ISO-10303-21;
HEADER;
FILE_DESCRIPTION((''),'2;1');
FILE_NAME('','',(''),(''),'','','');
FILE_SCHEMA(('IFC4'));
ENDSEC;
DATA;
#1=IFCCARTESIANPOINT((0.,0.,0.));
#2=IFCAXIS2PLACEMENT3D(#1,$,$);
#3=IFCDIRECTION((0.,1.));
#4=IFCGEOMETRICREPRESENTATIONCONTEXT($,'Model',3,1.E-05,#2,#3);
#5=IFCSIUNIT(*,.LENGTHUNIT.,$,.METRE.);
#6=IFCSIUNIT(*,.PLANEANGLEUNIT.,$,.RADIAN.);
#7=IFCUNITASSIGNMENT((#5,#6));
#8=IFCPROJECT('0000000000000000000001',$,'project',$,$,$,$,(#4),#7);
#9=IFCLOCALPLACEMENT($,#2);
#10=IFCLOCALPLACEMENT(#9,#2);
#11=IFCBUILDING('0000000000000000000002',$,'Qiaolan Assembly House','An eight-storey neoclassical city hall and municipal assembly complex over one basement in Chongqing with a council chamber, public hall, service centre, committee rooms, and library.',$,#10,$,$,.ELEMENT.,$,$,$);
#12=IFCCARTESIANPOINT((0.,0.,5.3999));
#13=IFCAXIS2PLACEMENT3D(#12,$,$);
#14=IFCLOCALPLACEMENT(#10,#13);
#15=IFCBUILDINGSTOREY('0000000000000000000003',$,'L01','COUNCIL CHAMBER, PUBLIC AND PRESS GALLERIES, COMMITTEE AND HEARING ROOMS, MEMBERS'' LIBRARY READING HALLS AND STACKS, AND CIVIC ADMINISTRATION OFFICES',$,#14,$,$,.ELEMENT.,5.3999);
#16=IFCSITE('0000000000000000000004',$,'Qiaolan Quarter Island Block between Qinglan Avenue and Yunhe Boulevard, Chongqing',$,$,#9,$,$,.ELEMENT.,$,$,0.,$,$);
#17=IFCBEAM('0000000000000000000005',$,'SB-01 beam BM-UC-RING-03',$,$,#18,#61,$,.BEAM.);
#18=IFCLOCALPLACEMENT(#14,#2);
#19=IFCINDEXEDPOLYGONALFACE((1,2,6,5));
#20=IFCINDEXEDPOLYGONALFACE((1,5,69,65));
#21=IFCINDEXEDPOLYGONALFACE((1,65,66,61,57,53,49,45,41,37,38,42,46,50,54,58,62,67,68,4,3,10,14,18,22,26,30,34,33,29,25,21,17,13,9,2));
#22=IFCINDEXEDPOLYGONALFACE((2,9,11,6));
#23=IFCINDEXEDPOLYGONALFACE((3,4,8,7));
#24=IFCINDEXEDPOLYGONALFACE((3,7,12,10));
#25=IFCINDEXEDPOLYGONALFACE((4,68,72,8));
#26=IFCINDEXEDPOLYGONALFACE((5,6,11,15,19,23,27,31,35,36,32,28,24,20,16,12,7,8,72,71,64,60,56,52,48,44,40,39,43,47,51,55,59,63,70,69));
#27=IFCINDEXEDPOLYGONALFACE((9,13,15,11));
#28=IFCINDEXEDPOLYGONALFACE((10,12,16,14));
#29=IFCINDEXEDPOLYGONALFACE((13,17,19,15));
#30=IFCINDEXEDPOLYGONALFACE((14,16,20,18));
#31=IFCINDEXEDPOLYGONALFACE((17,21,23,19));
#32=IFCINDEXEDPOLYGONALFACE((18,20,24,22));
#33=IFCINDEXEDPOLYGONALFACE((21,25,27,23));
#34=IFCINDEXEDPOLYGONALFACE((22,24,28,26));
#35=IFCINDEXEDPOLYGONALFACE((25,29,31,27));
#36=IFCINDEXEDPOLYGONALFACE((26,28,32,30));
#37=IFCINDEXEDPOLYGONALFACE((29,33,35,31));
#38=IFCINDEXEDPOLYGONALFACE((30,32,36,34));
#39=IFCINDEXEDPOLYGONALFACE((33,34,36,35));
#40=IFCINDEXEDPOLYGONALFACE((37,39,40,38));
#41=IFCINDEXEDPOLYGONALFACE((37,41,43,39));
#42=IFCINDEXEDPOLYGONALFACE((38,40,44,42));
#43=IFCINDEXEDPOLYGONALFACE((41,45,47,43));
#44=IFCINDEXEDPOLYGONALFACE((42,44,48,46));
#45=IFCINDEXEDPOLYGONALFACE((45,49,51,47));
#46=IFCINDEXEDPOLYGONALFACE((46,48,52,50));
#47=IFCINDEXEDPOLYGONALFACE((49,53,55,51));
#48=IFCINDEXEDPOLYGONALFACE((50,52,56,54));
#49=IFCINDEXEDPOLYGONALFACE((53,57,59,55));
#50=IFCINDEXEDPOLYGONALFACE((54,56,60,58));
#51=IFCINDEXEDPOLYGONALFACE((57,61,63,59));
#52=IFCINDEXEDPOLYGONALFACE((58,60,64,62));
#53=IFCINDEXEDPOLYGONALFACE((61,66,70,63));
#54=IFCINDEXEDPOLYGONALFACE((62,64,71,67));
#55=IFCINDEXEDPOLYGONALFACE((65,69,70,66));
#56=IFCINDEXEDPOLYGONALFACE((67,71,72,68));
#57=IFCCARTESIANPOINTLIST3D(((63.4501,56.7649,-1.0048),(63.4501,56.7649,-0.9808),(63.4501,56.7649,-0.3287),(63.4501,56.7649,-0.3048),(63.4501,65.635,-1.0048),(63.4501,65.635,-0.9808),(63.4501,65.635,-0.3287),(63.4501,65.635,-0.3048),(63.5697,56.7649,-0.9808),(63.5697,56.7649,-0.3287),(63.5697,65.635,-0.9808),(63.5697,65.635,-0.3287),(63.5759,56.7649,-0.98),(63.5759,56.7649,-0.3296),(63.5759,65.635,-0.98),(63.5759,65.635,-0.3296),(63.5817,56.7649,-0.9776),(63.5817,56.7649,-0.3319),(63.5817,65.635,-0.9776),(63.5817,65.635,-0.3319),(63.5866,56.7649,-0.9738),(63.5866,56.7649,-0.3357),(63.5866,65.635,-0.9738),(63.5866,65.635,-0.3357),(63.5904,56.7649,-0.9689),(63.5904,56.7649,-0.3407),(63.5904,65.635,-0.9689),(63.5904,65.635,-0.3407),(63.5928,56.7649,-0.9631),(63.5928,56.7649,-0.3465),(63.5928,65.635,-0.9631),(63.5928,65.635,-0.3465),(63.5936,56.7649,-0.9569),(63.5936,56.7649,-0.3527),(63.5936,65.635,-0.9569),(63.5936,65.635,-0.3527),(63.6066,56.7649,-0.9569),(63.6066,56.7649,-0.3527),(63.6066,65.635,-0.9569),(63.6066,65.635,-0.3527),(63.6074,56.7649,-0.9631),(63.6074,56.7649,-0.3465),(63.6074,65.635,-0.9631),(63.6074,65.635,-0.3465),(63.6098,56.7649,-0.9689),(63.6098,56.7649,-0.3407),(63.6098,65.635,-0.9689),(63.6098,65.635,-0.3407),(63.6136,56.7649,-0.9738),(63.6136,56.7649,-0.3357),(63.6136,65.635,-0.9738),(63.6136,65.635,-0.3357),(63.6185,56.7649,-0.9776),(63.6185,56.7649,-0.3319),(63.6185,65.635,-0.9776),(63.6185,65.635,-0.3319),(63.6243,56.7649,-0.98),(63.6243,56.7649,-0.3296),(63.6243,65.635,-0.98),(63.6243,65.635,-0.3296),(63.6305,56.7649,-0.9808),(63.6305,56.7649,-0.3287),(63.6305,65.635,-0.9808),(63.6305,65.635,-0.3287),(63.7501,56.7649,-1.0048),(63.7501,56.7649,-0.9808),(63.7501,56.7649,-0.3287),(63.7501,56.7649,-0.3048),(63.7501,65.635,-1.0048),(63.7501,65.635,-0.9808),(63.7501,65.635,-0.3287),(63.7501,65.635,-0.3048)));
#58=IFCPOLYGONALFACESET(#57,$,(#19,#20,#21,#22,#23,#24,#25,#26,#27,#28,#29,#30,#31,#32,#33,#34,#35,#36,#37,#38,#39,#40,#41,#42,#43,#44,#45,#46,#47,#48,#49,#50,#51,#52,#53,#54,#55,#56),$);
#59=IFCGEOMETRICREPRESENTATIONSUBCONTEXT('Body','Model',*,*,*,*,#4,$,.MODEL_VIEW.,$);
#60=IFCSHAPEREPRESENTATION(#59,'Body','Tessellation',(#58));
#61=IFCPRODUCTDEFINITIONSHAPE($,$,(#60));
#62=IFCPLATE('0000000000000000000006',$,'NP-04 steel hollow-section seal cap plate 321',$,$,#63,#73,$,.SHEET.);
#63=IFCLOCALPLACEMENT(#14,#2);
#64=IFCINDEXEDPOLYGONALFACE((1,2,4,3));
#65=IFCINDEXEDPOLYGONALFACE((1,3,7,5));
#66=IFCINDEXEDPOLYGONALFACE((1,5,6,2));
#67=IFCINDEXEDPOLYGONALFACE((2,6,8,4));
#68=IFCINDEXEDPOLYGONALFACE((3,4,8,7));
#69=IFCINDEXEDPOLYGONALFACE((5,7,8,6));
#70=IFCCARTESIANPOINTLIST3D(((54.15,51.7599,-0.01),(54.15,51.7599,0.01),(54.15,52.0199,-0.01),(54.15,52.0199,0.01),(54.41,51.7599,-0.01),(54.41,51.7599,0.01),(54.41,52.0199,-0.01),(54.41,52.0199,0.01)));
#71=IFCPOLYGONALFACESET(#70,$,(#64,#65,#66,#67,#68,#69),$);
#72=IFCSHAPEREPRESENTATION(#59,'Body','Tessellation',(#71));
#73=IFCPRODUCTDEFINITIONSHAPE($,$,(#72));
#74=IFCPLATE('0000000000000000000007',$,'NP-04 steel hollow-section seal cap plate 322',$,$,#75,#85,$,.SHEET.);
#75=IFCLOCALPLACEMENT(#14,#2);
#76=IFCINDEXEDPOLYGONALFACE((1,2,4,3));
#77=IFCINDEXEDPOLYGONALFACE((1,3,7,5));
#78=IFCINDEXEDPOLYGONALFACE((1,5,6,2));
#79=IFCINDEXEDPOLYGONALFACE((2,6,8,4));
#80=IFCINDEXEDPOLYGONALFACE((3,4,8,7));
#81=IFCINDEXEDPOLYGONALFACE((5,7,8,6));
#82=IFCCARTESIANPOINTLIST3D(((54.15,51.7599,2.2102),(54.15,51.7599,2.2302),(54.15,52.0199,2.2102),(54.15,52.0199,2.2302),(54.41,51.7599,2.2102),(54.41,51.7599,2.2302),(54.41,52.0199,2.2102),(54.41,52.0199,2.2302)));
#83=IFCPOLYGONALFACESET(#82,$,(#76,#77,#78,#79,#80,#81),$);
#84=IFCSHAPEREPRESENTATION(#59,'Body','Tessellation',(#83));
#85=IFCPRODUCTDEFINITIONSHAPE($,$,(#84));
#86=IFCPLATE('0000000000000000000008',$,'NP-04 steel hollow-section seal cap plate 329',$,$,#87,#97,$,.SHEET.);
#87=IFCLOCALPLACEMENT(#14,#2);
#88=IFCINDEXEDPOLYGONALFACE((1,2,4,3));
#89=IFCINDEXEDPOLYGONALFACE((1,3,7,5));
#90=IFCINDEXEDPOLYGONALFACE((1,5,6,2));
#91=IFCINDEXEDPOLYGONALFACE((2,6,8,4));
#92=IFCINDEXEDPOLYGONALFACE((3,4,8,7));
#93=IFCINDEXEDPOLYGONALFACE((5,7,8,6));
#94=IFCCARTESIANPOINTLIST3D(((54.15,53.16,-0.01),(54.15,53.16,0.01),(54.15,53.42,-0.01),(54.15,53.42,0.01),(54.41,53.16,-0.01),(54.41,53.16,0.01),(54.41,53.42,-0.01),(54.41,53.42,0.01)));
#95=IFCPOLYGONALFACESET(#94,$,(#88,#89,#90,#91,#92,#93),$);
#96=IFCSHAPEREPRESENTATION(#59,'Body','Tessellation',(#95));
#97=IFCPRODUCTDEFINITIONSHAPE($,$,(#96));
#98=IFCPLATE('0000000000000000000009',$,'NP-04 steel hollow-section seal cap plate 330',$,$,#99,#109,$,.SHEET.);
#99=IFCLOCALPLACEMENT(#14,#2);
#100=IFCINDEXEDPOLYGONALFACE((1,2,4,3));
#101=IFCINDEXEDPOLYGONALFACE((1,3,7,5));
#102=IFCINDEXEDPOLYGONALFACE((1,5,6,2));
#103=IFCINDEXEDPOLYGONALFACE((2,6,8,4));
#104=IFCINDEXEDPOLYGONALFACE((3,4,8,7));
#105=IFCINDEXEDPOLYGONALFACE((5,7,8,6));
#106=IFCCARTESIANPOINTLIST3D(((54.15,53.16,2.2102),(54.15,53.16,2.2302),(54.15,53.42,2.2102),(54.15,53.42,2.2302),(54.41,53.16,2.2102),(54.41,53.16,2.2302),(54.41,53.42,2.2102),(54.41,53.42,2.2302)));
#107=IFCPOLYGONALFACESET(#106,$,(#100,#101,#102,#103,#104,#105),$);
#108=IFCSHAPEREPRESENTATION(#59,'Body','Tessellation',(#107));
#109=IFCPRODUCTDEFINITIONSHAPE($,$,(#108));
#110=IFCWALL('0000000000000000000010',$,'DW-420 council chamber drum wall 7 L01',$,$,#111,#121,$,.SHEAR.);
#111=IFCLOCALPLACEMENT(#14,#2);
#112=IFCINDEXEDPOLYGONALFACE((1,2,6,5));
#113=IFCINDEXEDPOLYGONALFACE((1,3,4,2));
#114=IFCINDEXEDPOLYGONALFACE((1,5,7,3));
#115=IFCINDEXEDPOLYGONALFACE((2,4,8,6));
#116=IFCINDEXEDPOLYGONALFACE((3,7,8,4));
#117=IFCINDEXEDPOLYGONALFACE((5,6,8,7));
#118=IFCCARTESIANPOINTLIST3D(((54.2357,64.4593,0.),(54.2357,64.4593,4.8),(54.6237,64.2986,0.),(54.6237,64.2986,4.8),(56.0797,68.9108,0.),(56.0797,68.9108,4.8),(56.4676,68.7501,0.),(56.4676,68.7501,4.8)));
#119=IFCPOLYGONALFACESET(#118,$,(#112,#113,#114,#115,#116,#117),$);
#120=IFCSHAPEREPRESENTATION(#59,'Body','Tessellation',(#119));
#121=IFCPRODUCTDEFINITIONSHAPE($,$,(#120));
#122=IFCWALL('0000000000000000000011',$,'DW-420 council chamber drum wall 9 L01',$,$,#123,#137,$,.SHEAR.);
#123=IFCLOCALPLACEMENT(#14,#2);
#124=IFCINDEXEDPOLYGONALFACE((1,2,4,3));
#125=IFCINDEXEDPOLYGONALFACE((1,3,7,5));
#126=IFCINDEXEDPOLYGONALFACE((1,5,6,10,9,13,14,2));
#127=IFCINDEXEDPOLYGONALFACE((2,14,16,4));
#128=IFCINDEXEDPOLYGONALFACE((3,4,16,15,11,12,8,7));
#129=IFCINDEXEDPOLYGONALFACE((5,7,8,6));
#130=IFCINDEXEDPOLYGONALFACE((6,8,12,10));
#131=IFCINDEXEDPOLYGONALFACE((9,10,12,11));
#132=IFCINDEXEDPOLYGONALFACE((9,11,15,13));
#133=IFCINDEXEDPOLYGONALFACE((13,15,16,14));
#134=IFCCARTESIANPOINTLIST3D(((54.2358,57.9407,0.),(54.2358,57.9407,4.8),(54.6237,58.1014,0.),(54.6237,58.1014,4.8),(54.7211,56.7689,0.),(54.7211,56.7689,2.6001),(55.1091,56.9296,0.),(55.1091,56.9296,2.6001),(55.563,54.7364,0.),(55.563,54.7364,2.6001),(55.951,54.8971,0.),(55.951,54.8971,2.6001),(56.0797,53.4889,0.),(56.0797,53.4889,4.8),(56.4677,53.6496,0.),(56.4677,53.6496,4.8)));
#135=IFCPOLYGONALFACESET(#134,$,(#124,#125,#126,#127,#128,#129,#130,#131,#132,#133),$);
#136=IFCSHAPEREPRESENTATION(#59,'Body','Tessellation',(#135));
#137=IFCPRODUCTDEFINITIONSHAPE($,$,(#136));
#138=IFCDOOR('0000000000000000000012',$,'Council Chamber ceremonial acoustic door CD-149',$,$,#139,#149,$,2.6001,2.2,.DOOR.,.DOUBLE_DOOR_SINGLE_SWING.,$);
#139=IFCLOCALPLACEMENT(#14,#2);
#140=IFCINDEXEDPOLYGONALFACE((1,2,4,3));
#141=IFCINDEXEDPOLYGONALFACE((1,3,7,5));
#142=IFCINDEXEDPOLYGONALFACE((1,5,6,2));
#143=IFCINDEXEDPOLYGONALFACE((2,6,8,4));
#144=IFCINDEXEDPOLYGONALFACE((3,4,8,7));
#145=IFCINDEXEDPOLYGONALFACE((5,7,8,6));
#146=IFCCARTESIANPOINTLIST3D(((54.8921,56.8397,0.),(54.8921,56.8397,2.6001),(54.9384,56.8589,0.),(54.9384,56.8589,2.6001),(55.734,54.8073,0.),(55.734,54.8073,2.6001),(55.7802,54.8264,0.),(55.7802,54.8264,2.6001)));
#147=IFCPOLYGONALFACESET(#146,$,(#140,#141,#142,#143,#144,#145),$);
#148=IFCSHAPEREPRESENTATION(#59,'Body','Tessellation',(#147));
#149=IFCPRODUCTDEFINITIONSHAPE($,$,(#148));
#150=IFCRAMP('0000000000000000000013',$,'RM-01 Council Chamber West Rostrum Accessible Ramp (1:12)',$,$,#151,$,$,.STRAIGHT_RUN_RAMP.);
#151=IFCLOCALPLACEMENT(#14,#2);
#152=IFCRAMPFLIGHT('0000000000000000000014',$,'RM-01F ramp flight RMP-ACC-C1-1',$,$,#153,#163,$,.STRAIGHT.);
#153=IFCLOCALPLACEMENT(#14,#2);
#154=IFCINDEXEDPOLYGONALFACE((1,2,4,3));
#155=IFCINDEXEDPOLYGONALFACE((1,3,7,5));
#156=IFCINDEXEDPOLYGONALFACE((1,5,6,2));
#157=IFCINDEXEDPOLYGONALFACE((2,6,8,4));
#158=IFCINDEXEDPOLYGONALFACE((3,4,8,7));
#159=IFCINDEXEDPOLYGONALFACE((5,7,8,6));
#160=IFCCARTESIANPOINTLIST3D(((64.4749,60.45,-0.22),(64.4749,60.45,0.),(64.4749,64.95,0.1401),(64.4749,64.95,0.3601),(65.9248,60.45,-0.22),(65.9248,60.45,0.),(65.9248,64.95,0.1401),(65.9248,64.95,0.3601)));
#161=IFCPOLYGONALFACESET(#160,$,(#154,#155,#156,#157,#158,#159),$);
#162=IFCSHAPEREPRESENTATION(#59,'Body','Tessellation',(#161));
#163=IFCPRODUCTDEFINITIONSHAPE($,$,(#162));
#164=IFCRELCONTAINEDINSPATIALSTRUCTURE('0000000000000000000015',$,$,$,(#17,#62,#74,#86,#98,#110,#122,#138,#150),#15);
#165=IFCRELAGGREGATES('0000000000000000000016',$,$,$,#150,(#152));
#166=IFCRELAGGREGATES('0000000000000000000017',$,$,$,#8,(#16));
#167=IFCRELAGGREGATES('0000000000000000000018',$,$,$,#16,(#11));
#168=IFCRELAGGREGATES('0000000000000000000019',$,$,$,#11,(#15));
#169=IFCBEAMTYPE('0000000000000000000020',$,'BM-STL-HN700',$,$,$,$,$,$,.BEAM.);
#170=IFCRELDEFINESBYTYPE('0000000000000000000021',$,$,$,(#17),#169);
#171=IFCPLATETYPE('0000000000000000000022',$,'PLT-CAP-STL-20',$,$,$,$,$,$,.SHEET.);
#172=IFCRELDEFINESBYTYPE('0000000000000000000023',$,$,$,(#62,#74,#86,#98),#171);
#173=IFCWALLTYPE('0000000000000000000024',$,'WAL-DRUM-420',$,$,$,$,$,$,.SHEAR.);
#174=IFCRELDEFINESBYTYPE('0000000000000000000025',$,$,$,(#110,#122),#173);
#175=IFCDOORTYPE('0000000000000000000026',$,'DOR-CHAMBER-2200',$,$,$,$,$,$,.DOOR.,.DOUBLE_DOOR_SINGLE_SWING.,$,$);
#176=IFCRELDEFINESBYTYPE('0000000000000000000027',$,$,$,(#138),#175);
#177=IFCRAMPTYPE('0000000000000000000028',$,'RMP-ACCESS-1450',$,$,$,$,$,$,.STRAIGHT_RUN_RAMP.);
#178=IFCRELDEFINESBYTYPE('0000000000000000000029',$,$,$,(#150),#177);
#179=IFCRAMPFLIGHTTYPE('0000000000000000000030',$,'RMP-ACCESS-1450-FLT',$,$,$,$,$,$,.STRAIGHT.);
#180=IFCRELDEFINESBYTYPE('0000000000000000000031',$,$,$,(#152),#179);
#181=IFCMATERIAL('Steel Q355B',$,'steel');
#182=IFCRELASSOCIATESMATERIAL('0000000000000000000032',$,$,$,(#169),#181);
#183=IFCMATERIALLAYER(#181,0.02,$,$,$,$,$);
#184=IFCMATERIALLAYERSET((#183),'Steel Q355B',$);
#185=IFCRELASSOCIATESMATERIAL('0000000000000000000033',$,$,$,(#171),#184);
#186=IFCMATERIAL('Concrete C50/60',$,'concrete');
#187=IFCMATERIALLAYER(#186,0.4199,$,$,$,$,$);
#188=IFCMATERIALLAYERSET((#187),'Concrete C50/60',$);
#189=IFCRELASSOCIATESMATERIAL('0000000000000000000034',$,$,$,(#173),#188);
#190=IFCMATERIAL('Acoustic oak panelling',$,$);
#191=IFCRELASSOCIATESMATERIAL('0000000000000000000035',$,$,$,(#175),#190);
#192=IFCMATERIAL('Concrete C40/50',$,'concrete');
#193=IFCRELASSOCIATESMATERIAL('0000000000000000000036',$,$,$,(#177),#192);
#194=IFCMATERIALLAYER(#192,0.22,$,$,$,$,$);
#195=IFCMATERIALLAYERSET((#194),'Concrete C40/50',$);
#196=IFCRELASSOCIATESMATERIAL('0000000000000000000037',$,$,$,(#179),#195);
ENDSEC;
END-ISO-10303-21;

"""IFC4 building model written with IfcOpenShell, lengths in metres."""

from ifc_helpers import new_model, si_unit, direction, frame, frame_2d, origin, origin_2d, place, context, subcontext, project, spatial, polyline, rectangle, i_section, outline, extrude, material, layer, layer_set, material_profile, profile_set, type_object, element, fill, aggregate, save


model = new_model("IFC4")

# Units and contexts
model_context = context("Model", 3, precision=1e-05, world=origin(), true_north=direction((0.0, 1.0)))
body_context = subcontext(model_context, "Body", "Model", "MODEL_VIEW")
ifc_project = project(units=[si_unit("LENGTHUNIT", "METRE"), si_unit("PLANEANGLEUNIT", "RADIAN")], contexts=[model_context])

# Site, building, storey
site_placement = place(None, origin())
site = spatial("IfcSite", under=ifc_project, at=site_placement, Name="Qiaolan Quarter Island Block between Qinglan Avenue and Yunhe Boulevard, Chongqing", CompositionType="ELEMENT", RefElevation=0.0)
building_placement = place(site_placement, origin())
building = spatial("IfcBuilding", under=site, at=building_placement, Name="Qiaolan Assembly House", Description="An eight-storey neoclassical city hall and municipal assembly complex over one basement in Chongqing with a council chamber, public hall, service centre, committee rooms, and library.", CompositionType="ELEMENT")
storey_placement = place(building_placement, frame((0.0, 0.0, 5.3999)))
storey = spatial("IfcBuildingStorey", under=building, at=storey_placement, Name="L01", Description="COUNCIL CHAMBER, PUBLIC AND PRESS GALLERIES, COMMITTEE AND HEARING ROOMS, MEMBERS' LIBRARY READING HALLS AND STACKS, AND CIVIC ADMINISTRATION OFFICES", CompositionType="ELEMENT", Elevation=5.3999)

# Shared definitions
ifc_material_1 = material(Name="Concrete C50/60", Category="concrete")
ifc_material_2 = material(Name="Steel Q355B", Category="steel")

# Beam
ifc_material_3 = material(Name="Concrete C40/50", Category="concrete")
ifc_material_profile_1 = material_profile(ifc_material_2, i_section(OverallWidth=0.3, OverallDepth=0.7, WebThickness=0.0129, FlangeThickness=0.0239, FilletRadius=0.0239, at=origin_2d()), Name="HN 700x300x13x24")
ifc_profile_set_1 = profile_set([ifc_material_profile_1], Name="Steel Q355B")
beam_type_1 = type_object("IfcBeamType", Name="BM-STL-HN700", PredefinedType="BEAM", material=ifc_profile_set_1)
beam_1_placement = place(storey_placement, frame((63.6001, 65.635, -0.6548), z_axis=(0.0, -1.0, 0.0), x_axis=(1.0, 0.0, 0.0)))
element("IfcBeam", 1, at=beam_1_placement, inside=storey, type_object=beam_type_1, Name="SB-01 beam BM-UC-RING-03", PredefinedType="BEAM", context=body_context, shape_type="SweptSolid", body=[
    extrude(i_section(OverallWidth=0.3, OverallDepth=0.7, WebThickness=0.0129, FlangeThickness=0.0239, FilletRadius=0.0239, at=origin_2d()), origin(), (0.0, 0.0, 1.0), 8.8701),
])

# Plates
ifc_layer_1 = layer(ifc_material_2, 0.02)
ifc_layer_set_1 = layer_set([ifc_layer_1], Name="Steel Q355B")
plate_type = type_object("IfcPlateType", Name="PLT-CAP-STL-20", PredefinedType="SHEET", material=ifc_layer_set_1)
for number, where, z_axis, x_axis, name in (
    (2, (54.28, 51.8899, -0.01), (0.0, 0.0, 1.0), (1.0, 0.0, 0.0), "NP-04 steel hollow-section seal cap plate 321"),
    (3, (54.28, 51.8899, 2.2102), (0.0, 0.0, 1.0), (1.0, 0.0, 0.0), "NP-04 steel hollow-section seal cap plate 322"),
    (4, (54.28, 53.29, -0.01), (0.0, 0.0, 1.0), (1.0, 0.0, 0.0), "NP-04 steel hollow-section seal cap plate 329"),
    (5, (54.28, 53.29, 2.2102), (0.0, 0.0, 1.0), (1.0, 0.0, 0.0), "NP-04 steel hollow-section seal cap plate 330"),
):
    element("IfcPlate", number, at=place(storey_placement, frame(where, z_axis=z_axis, x_axis=x_axis)), inside=storey, type_object=plate_type, Name=name, PredefinedType="SHEET", context=body_context, shape_type="SweptSolid", body=[
        extrude(rectangle(XDim=0.26, YDim=0.26, at=origin_2d()), origin(), (0.0, 0.0, 1.0), 0.02),
    ])

# Wall
ifc_layer_2 = layer(ifc_material_1, 0.4199)
ifc_layer_set_2 = layer_set([ifc_layer_2], Name="Concrete C50/60")
wall_type = type_object("IfcWallType", Name="WAL-DRUM-420", PredefinedType="SHEAR", material=ifc_layer_set_2)
wall_1_placement = place(storey_placement, frame((54.4297, 64.3789, 0.0), z_axis=(0.0, 0.0, 1.0), x_axis=(0.382693, 0.923875, 0.0)))
element("IfcWall", 6, at=wall_1_placement, inside=storey, type_object=wall_type, Name="DW-420 council chamber drum wall 7 L01", PredefinedType="SHEAR", context=body_context, shape_type="SweptSolid", body=[
    extrude(rectangle(XDim=4.8184, YDim=0.4199, at=frame_2d((2.4092, 0.0))), origin(), (0.0, 0.0, 1.0), 4.8),
])

# Wall, opening, door
wall_2_placement = place(storey_placement, frame((56.2737, 53.5693, 0.0), z_axis=(0.0, 0.0, 1.0), x_axis=(-0.382675, 0.923883, 0.0)))
wall_2 = element("IfcWall", 7, at=wall_2_placement, inside=storey, type_object=wall_type, Name="DW-420 council chamber drum wall 9 L01", PredefinedType="SHEAR", context=body_context, shape_type="SweptSolid", body=[
    extrude(rectangle(XDim=4.8186, YDim=0.4199, at=frame_2d((2.4092, 0.0))), origin(), (0.0, 0.0, 1.0), 4.8),
])
opening_placement = place(wall_2_placement, frame((1.3501, 0.0, 0.0)))
opening = element("IfcOpeningElement", 8, at=opening_placement, cuts=wall_2, PredefinedType="OPENING", context=body_context, shape_type="SweptSolid", body=[
    extrude(rectangle(XDim=2.2, YDim=2.6001, at=frame_2d((1.1001, 1.3))), frame((0.0, 0.22, 0.0), z_axis=(0.0, -1.0, 0.0), x_axis=(1.0, 0.0, 0.0)), (0.0, 0.0, 1.0), 0.4399),
])
ifc_material_4 = material(Name="Acoustic oak panelling")
door_type = type_object("IfcDoorType", Name="DOR-CHAMBER-2200", OperationType="DOUBLE_DOOR_SINGLE_SWING", PredefinedType="DOOR", material=ifc_material_4)
door_placement = place(opening_placement, origin())
door = element("IfcDoor", 9, at=door_placement, inside=storey, type_object=door_type, Name="Council Chamber ceremonial acoustic door CD-149", OperationType="DOUBLE_DOOR_SINGLE_SWING", OverallHeight=2.6001, OverallWidth=2.2, PredefinedType="DOOR", context=body_context, shape_type="SweptSolid", body=[
    extrude(rectangle(XDim=2.2, YDim=2.6001, at=frame_2d((1.1001, 1.3))), frame((0.0, 0.0249, 0.0), z_axis=(0.0, -1.0, 0.0), x_axis=(1.0, 0.0, 0.0)), (0.0, 0.0, 1.0), 0.05),
])
fill(opening, door)

# Ramp, ramp flight
ramp_type = type_object("IfcRampType", Name="RMP-ACCESS-1450", PredefinedType="STRAIGHT_RUN_RAMP", material=ifc_material_3)
ramp_placement = place(storey_placement, origin())
ramp = element("IfcRamp", 10, at=ramp_placement, inside=storey, type_object=ramp_type, Name="RM-01 Council Chamber West Rostrum Accessible Ramp (1:12)", PredefinedType="STRAIGHT_RUN_RAMP")
ifc_layer_3 = layer(ifc_material_3, 0.22)
ifc_layer_set_3 = layer_set([ifc_layer_3], Name="Concrete C40/50")
ramp_flight_type = type_object("IfcRampFlightType", Name="RMP-ACCESS-1450-FLT", PredefinedType="STRAIGHT", material=ifc_layer_set_3)
ramp_flight_placement = place(storey_placement, frame((65.2, 60.45, 0.0), z_axis=(0.0, 0.0, 1.0), x_axis=(0.0, 1.0, 0.0)))
ramp_flight = element("IfcRampFlight", 11, at=ramp_flight_placement, type_object=ramp_flight_type, Name="RM-01F ramp flight RMP-ACC-C1-1", PredefinedType="STRAIGHT", context=body_context, shape_type="SweptSolid", body=[
    extrude(outline(polyline([(0.0, -0.22), (0.0, 0.0), (4.5, 0.3601), (4.5, 0.1401), (0.0, -0.22)])), frame((0.0, 0.7251, 0.0), z_axis=(0.0, -1.0, 0.0), x_axis=(1.0, 0.0, 0.0)), (0.0, 0.0, 1.0), 1.45),
])
aggregate(ramp, [ramp_flight])

save(model, "model.ifc")
